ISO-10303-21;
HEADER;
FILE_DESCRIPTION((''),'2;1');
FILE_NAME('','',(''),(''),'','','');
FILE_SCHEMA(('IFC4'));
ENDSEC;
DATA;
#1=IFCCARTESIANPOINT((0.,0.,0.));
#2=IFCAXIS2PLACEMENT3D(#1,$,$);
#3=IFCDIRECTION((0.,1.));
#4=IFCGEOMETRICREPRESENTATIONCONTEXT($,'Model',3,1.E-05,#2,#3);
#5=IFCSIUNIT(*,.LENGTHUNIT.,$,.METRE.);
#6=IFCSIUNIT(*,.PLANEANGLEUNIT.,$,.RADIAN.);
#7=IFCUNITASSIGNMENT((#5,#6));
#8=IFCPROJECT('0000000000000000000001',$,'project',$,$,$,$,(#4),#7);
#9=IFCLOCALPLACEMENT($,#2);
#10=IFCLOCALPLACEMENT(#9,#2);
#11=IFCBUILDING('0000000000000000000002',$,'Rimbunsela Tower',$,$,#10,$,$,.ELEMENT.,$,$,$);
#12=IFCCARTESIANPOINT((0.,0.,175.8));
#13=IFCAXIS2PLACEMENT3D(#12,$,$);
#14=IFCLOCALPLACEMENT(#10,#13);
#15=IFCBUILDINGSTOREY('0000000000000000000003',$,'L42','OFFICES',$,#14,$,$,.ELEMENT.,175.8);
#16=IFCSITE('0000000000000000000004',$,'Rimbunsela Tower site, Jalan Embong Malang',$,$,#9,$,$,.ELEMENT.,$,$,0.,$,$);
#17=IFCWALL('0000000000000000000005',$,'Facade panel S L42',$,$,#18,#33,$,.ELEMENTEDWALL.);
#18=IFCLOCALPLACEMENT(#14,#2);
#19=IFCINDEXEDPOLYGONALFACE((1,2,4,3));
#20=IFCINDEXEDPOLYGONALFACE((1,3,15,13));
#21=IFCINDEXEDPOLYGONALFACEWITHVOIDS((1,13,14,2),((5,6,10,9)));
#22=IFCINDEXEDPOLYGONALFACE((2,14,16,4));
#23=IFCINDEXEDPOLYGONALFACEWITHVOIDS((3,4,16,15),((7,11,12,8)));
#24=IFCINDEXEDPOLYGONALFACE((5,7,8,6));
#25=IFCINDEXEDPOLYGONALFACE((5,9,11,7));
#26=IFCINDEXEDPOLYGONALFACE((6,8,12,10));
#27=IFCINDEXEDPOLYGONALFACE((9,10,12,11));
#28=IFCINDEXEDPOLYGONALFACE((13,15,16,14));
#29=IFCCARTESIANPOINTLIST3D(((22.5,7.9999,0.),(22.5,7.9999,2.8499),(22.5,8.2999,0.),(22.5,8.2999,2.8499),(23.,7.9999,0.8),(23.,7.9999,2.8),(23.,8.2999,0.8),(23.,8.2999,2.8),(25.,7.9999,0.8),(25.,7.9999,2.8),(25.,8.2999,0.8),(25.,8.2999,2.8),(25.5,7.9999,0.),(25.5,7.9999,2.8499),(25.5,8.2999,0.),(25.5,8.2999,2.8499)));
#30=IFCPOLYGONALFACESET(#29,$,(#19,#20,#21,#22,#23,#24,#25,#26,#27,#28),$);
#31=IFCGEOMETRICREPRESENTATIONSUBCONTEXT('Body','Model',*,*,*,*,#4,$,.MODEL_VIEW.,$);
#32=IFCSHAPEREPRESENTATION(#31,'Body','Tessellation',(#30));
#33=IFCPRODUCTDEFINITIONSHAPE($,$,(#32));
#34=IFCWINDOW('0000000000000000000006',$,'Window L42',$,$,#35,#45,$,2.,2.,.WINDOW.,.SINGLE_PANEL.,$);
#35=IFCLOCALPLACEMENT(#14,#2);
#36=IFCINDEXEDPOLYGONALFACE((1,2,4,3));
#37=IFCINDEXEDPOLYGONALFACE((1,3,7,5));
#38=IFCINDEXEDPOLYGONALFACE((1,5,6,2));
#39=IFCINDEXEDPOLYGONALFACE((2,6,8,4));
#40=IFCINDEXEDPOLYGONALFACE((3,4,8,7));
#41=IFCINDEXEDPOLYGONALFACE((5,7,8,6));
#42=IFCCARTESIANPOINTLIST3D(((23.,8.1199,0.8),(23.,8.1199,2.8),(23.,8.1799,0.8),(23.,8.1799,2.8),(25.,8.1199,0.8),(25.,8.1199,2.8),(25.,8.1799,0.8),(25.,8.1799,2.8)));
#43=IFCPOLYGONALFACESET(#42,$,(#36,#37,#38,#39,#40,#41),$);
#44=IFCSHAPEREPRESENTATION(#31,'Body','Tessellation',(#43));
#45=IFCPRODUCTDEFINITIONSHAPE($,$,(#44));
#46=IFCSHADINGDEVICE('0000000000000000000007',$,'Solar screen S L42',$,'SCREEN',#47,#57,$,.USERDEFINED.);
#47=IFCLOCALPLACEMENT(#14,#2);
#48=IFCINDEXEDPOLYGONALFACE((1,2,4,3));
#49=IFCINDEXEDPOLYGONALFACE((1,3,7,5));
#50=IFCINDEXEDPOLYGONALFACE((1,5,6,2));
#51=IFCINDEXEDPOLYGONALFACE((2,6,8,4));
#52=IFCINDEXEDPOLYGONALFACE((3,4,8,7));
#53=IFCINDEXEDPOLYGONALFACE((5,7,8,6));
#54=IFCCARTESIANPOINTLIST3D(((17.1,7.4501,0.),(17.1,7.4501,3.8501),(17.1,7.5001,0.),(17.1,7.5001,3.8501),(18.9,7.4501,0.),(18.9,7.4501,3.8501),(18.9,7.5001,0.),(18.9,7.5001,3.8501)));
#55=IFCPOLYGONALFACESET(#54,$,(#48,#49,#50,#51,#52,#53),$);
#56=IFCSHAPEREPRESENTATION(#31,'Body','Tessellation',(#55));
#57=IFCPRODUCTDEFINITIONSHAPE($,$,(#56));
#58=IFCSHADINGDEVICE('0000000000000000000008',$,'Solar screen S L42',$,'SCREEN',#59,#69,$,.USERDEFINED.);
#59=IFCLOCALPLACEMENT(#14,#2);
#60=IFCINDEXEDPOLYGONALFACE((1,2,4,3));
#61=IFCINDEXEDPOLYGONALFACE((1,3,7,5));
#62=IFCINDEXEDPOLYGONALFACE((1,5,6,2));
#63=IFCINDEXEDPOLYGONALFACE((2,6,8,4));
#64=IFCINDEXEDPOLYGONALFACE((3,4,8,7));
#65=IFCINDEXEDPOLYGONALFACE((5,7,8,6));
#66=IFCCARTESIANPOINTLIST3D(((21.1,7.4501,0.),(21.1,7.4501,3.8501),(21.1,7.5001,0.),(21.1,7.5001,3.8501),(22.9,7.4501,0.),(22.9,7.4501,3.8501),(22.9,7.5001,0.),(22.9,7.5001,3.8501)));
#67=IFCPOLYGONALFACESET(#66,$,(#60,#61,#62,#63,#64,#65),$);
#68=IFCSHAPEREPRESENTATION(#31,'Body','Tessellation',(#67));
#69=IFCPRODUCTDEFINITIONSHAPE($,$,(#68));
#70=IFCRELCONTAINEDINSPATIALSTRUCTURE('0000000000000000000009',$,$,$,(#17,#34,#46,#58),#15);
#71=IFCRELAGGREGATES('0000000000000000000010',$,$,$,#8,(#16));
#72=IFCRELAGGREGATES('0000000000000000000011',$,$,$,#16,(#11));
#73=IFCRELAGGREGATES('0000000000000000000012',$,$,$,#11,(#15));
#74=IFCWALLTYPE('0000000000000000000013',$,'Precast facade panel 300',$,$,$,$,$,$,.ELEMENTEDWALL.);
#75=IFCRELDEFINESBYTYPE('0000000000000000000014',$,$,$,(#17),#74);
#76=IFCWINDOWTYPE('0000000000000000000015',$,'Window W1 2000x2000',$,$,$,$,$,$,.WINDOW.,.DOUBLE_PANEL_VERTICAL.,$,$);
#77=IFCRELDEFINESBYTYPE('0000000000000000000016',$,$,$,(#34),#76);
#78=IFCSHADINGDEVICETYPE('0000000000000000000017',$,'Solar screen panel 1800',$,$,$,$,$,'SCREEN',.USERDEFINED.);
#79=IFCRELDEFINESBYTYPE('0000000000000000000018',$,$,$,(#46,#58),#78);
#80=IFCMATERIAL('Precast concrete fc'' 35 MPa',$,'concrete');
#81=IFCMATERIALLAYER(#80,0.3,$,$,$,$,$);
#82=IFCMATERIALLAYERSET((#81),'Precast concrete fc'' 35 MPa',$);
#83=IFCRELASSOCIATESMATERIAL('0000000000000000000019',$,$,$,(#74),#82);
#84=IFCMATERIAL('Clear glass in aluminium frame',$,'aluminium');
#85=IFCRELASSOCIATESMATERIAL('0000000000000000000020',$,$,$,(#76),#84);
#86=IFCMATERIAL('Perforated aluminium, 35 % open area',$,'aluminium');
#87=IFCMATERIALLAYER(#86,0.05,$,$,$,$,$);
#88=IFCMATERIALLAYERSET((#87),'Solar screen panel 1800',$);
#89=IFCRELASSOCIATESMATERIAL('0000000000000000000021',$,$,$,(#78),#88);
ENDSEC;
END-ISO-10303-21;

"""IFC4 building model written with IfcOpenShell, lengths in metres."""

from ifc_helpers import new_model, si_unit, direction, frame, frame_2d, origin, origin_2d, place, context, subcontext, project, spatial, rectangle, extrude, material, layer, layer_set, type_object, element, fill, save


model = new_model("IFC4")

# Units and contexts
model_context = context("Model", 3, precision=1e-05, world=origin(), true_north=direction((0.0, 1.0)))
body_context = subcontext(model_context, "Body", "Model", "MODEL_VIEW")
ifc_project = project(units=[si_unit("LENGTHUNIT", "METRE"), si_unit("PLANEANGLEUNIT", "RADIAN")], contexts=[model_context])

# Site, building, storey
site_placement = place(None, origin())
site = spatial("IfcSite", under=ifc_project, at=site_placement, Name="Rimbunsela Tower site, Jalan Embong Malang", CompositionType="ELEMENT", RefElevation=0.0)
building_placement = place(site_placement, origin())
building = spatial("IfcBuilding", under=site, at=building_placement, Name="Rimbunsela Tower", CompositionType="ELEMENT")
storey_placement = place(building_placement, frame((0.0, 0.0, 175.8)))
storey = spatial("IfcBuildingStorey", under=building, at=storey_placement, Name="L42", Description="OFFICES", CompositionType="ELEMENT", Elevation=175.8)

# Wall, opening, window
ifc_material_1 = material(Name="Precast concrete fc' 35 MPa", Category="concrete")
ifc_layer_1 = layer(ifc_material_1, 0.3)
ifc_layer_set_1 = layer_set([ifc_layer_1], Name="Precast concrete fc' 35 MPa")
wall_type_1 = type_object("IfcWallType", Name="Precast facade panel 300", PredefinedType="ELEMENTEDWALL", material=ifc_layer_set_1)
ifc_material_2 = material(Name="Clear glass in aluminium frame", Category="aluminium")
window_type = type_object("IfcWindowType", Name="Window W1 2000x2000", PartitioningType="DOUBLE_PANEL_VERTICAL", PredefinedType="WINDOW", material=ifc_material_2)
wall_1_placement = place(storey_placement, frame((22.5, 8.1499, 0.0), z_axis=(0.0, 0.0, 1.0), x_axis=(1.0, 0.0, 0.0)))
wall_1 = element("IfcWall", 1, at=wall_1_placement, inside=storey, type_object=wall_type_1, Name="Facade panel S L42", PredefinedType="ELEMENTEDWALL", context=body_context, shape_type="SweptSolid", body=[
    extrude(rectangle(XDim=3.0, YDim=0.3, at=frame_2d((1.5, 0.0))), origin(), (0.0, 0.0, 1.0), 2.8499),
])
opening_1_placement = place(wall_1_placement, frame((0.5, 0.0, 0.8)))
opening_1 = element("IfcOpeningElement", 2, at=opening_1_placement, cuts=wall_1, PredefinedType="OPENING", context=body_context, shape_type="SweptSolid", body=[
    extrude(rectangle(XDim=2.0, YDim=2.0, at=frame_2d((1.0, 1.0))), frame((0.0, 0.1599, 0.0), z_axis=(0.0, -1.0, 0.0), x_axis=(1.0, 0.0, 0.0)), (0.0, 0.0, 1.0), 0.3201),
])
window_1_placement = place(opening_1_placement, origin())
window_1 = element("IfcWindow", 3, at=window_1_placement, inside=storey, type_object=window_type, Name="Window L42", OverallHeight=2.0, OverallWidth=2.0, PartitioningType="SINGLE_PANEL", PredefinedType="WINDOW", context=body_context, shape_type="SweptSolid", body=[
    extrude(rectangle(XDim=2.0, YDim=2.0, at=frame_2d((1.0, 1.0))), frame((0.0, 0.03, 0.0), z_axis=(0.0, -1.0, 0.0), x_axis=(1.0, 0.0, 0.0)), (0.0, 0.0, 1.0), 0.0601),
])
fill(opening_1, window_1)

# Shading devices
ifc_material_3 = material(Name="Perforated aluminium, 35 % open area", Category="aluminium")
ifc_layer_2 = layer(ifc_material_3, 0.05)
ifc_layer_set_2 = layer_set([ifc_layer_2], Name="Solar screen panel 1800")
shading_device_type = type_object("IfcShadingDeviceType", Name="Solar screen panel 1800", ElementType="SCREEN", PredefinedType="USERDEFINED", material=ifc_layer_set_2)
for number, where, z_axis, x_axis, name in (
    (4, (18.0, 7.4751, 0.0), (0.0, 0.0, 1.0), (1.0, 0.0, 0.0), "Solar screen S L42"),
    (5, (22.0, 7.4751, 0.0), (0.0, 0.0, 1.0), (1.0, 0.0, 0.0), "Solar screen S L42"),
):
    element("IfcShadingDevice", number, at=place(storey_placement, frame(where, z_axis=z_axis, x_axis=x_axis)), inside=storey, type_object=shading_device_type, Name=name, ObjectType="SCREEN", PredefinedType="USERDEFINED", context=body_context, shape_type="SweptSolid", body=[
        extrude(rectangle(XDim=1.8, YDim=0.05, at=origin_2d()), origin(), (0.0, 0.0, 1.0), 3.8501),
    ])

save(model, "model.ifc")
